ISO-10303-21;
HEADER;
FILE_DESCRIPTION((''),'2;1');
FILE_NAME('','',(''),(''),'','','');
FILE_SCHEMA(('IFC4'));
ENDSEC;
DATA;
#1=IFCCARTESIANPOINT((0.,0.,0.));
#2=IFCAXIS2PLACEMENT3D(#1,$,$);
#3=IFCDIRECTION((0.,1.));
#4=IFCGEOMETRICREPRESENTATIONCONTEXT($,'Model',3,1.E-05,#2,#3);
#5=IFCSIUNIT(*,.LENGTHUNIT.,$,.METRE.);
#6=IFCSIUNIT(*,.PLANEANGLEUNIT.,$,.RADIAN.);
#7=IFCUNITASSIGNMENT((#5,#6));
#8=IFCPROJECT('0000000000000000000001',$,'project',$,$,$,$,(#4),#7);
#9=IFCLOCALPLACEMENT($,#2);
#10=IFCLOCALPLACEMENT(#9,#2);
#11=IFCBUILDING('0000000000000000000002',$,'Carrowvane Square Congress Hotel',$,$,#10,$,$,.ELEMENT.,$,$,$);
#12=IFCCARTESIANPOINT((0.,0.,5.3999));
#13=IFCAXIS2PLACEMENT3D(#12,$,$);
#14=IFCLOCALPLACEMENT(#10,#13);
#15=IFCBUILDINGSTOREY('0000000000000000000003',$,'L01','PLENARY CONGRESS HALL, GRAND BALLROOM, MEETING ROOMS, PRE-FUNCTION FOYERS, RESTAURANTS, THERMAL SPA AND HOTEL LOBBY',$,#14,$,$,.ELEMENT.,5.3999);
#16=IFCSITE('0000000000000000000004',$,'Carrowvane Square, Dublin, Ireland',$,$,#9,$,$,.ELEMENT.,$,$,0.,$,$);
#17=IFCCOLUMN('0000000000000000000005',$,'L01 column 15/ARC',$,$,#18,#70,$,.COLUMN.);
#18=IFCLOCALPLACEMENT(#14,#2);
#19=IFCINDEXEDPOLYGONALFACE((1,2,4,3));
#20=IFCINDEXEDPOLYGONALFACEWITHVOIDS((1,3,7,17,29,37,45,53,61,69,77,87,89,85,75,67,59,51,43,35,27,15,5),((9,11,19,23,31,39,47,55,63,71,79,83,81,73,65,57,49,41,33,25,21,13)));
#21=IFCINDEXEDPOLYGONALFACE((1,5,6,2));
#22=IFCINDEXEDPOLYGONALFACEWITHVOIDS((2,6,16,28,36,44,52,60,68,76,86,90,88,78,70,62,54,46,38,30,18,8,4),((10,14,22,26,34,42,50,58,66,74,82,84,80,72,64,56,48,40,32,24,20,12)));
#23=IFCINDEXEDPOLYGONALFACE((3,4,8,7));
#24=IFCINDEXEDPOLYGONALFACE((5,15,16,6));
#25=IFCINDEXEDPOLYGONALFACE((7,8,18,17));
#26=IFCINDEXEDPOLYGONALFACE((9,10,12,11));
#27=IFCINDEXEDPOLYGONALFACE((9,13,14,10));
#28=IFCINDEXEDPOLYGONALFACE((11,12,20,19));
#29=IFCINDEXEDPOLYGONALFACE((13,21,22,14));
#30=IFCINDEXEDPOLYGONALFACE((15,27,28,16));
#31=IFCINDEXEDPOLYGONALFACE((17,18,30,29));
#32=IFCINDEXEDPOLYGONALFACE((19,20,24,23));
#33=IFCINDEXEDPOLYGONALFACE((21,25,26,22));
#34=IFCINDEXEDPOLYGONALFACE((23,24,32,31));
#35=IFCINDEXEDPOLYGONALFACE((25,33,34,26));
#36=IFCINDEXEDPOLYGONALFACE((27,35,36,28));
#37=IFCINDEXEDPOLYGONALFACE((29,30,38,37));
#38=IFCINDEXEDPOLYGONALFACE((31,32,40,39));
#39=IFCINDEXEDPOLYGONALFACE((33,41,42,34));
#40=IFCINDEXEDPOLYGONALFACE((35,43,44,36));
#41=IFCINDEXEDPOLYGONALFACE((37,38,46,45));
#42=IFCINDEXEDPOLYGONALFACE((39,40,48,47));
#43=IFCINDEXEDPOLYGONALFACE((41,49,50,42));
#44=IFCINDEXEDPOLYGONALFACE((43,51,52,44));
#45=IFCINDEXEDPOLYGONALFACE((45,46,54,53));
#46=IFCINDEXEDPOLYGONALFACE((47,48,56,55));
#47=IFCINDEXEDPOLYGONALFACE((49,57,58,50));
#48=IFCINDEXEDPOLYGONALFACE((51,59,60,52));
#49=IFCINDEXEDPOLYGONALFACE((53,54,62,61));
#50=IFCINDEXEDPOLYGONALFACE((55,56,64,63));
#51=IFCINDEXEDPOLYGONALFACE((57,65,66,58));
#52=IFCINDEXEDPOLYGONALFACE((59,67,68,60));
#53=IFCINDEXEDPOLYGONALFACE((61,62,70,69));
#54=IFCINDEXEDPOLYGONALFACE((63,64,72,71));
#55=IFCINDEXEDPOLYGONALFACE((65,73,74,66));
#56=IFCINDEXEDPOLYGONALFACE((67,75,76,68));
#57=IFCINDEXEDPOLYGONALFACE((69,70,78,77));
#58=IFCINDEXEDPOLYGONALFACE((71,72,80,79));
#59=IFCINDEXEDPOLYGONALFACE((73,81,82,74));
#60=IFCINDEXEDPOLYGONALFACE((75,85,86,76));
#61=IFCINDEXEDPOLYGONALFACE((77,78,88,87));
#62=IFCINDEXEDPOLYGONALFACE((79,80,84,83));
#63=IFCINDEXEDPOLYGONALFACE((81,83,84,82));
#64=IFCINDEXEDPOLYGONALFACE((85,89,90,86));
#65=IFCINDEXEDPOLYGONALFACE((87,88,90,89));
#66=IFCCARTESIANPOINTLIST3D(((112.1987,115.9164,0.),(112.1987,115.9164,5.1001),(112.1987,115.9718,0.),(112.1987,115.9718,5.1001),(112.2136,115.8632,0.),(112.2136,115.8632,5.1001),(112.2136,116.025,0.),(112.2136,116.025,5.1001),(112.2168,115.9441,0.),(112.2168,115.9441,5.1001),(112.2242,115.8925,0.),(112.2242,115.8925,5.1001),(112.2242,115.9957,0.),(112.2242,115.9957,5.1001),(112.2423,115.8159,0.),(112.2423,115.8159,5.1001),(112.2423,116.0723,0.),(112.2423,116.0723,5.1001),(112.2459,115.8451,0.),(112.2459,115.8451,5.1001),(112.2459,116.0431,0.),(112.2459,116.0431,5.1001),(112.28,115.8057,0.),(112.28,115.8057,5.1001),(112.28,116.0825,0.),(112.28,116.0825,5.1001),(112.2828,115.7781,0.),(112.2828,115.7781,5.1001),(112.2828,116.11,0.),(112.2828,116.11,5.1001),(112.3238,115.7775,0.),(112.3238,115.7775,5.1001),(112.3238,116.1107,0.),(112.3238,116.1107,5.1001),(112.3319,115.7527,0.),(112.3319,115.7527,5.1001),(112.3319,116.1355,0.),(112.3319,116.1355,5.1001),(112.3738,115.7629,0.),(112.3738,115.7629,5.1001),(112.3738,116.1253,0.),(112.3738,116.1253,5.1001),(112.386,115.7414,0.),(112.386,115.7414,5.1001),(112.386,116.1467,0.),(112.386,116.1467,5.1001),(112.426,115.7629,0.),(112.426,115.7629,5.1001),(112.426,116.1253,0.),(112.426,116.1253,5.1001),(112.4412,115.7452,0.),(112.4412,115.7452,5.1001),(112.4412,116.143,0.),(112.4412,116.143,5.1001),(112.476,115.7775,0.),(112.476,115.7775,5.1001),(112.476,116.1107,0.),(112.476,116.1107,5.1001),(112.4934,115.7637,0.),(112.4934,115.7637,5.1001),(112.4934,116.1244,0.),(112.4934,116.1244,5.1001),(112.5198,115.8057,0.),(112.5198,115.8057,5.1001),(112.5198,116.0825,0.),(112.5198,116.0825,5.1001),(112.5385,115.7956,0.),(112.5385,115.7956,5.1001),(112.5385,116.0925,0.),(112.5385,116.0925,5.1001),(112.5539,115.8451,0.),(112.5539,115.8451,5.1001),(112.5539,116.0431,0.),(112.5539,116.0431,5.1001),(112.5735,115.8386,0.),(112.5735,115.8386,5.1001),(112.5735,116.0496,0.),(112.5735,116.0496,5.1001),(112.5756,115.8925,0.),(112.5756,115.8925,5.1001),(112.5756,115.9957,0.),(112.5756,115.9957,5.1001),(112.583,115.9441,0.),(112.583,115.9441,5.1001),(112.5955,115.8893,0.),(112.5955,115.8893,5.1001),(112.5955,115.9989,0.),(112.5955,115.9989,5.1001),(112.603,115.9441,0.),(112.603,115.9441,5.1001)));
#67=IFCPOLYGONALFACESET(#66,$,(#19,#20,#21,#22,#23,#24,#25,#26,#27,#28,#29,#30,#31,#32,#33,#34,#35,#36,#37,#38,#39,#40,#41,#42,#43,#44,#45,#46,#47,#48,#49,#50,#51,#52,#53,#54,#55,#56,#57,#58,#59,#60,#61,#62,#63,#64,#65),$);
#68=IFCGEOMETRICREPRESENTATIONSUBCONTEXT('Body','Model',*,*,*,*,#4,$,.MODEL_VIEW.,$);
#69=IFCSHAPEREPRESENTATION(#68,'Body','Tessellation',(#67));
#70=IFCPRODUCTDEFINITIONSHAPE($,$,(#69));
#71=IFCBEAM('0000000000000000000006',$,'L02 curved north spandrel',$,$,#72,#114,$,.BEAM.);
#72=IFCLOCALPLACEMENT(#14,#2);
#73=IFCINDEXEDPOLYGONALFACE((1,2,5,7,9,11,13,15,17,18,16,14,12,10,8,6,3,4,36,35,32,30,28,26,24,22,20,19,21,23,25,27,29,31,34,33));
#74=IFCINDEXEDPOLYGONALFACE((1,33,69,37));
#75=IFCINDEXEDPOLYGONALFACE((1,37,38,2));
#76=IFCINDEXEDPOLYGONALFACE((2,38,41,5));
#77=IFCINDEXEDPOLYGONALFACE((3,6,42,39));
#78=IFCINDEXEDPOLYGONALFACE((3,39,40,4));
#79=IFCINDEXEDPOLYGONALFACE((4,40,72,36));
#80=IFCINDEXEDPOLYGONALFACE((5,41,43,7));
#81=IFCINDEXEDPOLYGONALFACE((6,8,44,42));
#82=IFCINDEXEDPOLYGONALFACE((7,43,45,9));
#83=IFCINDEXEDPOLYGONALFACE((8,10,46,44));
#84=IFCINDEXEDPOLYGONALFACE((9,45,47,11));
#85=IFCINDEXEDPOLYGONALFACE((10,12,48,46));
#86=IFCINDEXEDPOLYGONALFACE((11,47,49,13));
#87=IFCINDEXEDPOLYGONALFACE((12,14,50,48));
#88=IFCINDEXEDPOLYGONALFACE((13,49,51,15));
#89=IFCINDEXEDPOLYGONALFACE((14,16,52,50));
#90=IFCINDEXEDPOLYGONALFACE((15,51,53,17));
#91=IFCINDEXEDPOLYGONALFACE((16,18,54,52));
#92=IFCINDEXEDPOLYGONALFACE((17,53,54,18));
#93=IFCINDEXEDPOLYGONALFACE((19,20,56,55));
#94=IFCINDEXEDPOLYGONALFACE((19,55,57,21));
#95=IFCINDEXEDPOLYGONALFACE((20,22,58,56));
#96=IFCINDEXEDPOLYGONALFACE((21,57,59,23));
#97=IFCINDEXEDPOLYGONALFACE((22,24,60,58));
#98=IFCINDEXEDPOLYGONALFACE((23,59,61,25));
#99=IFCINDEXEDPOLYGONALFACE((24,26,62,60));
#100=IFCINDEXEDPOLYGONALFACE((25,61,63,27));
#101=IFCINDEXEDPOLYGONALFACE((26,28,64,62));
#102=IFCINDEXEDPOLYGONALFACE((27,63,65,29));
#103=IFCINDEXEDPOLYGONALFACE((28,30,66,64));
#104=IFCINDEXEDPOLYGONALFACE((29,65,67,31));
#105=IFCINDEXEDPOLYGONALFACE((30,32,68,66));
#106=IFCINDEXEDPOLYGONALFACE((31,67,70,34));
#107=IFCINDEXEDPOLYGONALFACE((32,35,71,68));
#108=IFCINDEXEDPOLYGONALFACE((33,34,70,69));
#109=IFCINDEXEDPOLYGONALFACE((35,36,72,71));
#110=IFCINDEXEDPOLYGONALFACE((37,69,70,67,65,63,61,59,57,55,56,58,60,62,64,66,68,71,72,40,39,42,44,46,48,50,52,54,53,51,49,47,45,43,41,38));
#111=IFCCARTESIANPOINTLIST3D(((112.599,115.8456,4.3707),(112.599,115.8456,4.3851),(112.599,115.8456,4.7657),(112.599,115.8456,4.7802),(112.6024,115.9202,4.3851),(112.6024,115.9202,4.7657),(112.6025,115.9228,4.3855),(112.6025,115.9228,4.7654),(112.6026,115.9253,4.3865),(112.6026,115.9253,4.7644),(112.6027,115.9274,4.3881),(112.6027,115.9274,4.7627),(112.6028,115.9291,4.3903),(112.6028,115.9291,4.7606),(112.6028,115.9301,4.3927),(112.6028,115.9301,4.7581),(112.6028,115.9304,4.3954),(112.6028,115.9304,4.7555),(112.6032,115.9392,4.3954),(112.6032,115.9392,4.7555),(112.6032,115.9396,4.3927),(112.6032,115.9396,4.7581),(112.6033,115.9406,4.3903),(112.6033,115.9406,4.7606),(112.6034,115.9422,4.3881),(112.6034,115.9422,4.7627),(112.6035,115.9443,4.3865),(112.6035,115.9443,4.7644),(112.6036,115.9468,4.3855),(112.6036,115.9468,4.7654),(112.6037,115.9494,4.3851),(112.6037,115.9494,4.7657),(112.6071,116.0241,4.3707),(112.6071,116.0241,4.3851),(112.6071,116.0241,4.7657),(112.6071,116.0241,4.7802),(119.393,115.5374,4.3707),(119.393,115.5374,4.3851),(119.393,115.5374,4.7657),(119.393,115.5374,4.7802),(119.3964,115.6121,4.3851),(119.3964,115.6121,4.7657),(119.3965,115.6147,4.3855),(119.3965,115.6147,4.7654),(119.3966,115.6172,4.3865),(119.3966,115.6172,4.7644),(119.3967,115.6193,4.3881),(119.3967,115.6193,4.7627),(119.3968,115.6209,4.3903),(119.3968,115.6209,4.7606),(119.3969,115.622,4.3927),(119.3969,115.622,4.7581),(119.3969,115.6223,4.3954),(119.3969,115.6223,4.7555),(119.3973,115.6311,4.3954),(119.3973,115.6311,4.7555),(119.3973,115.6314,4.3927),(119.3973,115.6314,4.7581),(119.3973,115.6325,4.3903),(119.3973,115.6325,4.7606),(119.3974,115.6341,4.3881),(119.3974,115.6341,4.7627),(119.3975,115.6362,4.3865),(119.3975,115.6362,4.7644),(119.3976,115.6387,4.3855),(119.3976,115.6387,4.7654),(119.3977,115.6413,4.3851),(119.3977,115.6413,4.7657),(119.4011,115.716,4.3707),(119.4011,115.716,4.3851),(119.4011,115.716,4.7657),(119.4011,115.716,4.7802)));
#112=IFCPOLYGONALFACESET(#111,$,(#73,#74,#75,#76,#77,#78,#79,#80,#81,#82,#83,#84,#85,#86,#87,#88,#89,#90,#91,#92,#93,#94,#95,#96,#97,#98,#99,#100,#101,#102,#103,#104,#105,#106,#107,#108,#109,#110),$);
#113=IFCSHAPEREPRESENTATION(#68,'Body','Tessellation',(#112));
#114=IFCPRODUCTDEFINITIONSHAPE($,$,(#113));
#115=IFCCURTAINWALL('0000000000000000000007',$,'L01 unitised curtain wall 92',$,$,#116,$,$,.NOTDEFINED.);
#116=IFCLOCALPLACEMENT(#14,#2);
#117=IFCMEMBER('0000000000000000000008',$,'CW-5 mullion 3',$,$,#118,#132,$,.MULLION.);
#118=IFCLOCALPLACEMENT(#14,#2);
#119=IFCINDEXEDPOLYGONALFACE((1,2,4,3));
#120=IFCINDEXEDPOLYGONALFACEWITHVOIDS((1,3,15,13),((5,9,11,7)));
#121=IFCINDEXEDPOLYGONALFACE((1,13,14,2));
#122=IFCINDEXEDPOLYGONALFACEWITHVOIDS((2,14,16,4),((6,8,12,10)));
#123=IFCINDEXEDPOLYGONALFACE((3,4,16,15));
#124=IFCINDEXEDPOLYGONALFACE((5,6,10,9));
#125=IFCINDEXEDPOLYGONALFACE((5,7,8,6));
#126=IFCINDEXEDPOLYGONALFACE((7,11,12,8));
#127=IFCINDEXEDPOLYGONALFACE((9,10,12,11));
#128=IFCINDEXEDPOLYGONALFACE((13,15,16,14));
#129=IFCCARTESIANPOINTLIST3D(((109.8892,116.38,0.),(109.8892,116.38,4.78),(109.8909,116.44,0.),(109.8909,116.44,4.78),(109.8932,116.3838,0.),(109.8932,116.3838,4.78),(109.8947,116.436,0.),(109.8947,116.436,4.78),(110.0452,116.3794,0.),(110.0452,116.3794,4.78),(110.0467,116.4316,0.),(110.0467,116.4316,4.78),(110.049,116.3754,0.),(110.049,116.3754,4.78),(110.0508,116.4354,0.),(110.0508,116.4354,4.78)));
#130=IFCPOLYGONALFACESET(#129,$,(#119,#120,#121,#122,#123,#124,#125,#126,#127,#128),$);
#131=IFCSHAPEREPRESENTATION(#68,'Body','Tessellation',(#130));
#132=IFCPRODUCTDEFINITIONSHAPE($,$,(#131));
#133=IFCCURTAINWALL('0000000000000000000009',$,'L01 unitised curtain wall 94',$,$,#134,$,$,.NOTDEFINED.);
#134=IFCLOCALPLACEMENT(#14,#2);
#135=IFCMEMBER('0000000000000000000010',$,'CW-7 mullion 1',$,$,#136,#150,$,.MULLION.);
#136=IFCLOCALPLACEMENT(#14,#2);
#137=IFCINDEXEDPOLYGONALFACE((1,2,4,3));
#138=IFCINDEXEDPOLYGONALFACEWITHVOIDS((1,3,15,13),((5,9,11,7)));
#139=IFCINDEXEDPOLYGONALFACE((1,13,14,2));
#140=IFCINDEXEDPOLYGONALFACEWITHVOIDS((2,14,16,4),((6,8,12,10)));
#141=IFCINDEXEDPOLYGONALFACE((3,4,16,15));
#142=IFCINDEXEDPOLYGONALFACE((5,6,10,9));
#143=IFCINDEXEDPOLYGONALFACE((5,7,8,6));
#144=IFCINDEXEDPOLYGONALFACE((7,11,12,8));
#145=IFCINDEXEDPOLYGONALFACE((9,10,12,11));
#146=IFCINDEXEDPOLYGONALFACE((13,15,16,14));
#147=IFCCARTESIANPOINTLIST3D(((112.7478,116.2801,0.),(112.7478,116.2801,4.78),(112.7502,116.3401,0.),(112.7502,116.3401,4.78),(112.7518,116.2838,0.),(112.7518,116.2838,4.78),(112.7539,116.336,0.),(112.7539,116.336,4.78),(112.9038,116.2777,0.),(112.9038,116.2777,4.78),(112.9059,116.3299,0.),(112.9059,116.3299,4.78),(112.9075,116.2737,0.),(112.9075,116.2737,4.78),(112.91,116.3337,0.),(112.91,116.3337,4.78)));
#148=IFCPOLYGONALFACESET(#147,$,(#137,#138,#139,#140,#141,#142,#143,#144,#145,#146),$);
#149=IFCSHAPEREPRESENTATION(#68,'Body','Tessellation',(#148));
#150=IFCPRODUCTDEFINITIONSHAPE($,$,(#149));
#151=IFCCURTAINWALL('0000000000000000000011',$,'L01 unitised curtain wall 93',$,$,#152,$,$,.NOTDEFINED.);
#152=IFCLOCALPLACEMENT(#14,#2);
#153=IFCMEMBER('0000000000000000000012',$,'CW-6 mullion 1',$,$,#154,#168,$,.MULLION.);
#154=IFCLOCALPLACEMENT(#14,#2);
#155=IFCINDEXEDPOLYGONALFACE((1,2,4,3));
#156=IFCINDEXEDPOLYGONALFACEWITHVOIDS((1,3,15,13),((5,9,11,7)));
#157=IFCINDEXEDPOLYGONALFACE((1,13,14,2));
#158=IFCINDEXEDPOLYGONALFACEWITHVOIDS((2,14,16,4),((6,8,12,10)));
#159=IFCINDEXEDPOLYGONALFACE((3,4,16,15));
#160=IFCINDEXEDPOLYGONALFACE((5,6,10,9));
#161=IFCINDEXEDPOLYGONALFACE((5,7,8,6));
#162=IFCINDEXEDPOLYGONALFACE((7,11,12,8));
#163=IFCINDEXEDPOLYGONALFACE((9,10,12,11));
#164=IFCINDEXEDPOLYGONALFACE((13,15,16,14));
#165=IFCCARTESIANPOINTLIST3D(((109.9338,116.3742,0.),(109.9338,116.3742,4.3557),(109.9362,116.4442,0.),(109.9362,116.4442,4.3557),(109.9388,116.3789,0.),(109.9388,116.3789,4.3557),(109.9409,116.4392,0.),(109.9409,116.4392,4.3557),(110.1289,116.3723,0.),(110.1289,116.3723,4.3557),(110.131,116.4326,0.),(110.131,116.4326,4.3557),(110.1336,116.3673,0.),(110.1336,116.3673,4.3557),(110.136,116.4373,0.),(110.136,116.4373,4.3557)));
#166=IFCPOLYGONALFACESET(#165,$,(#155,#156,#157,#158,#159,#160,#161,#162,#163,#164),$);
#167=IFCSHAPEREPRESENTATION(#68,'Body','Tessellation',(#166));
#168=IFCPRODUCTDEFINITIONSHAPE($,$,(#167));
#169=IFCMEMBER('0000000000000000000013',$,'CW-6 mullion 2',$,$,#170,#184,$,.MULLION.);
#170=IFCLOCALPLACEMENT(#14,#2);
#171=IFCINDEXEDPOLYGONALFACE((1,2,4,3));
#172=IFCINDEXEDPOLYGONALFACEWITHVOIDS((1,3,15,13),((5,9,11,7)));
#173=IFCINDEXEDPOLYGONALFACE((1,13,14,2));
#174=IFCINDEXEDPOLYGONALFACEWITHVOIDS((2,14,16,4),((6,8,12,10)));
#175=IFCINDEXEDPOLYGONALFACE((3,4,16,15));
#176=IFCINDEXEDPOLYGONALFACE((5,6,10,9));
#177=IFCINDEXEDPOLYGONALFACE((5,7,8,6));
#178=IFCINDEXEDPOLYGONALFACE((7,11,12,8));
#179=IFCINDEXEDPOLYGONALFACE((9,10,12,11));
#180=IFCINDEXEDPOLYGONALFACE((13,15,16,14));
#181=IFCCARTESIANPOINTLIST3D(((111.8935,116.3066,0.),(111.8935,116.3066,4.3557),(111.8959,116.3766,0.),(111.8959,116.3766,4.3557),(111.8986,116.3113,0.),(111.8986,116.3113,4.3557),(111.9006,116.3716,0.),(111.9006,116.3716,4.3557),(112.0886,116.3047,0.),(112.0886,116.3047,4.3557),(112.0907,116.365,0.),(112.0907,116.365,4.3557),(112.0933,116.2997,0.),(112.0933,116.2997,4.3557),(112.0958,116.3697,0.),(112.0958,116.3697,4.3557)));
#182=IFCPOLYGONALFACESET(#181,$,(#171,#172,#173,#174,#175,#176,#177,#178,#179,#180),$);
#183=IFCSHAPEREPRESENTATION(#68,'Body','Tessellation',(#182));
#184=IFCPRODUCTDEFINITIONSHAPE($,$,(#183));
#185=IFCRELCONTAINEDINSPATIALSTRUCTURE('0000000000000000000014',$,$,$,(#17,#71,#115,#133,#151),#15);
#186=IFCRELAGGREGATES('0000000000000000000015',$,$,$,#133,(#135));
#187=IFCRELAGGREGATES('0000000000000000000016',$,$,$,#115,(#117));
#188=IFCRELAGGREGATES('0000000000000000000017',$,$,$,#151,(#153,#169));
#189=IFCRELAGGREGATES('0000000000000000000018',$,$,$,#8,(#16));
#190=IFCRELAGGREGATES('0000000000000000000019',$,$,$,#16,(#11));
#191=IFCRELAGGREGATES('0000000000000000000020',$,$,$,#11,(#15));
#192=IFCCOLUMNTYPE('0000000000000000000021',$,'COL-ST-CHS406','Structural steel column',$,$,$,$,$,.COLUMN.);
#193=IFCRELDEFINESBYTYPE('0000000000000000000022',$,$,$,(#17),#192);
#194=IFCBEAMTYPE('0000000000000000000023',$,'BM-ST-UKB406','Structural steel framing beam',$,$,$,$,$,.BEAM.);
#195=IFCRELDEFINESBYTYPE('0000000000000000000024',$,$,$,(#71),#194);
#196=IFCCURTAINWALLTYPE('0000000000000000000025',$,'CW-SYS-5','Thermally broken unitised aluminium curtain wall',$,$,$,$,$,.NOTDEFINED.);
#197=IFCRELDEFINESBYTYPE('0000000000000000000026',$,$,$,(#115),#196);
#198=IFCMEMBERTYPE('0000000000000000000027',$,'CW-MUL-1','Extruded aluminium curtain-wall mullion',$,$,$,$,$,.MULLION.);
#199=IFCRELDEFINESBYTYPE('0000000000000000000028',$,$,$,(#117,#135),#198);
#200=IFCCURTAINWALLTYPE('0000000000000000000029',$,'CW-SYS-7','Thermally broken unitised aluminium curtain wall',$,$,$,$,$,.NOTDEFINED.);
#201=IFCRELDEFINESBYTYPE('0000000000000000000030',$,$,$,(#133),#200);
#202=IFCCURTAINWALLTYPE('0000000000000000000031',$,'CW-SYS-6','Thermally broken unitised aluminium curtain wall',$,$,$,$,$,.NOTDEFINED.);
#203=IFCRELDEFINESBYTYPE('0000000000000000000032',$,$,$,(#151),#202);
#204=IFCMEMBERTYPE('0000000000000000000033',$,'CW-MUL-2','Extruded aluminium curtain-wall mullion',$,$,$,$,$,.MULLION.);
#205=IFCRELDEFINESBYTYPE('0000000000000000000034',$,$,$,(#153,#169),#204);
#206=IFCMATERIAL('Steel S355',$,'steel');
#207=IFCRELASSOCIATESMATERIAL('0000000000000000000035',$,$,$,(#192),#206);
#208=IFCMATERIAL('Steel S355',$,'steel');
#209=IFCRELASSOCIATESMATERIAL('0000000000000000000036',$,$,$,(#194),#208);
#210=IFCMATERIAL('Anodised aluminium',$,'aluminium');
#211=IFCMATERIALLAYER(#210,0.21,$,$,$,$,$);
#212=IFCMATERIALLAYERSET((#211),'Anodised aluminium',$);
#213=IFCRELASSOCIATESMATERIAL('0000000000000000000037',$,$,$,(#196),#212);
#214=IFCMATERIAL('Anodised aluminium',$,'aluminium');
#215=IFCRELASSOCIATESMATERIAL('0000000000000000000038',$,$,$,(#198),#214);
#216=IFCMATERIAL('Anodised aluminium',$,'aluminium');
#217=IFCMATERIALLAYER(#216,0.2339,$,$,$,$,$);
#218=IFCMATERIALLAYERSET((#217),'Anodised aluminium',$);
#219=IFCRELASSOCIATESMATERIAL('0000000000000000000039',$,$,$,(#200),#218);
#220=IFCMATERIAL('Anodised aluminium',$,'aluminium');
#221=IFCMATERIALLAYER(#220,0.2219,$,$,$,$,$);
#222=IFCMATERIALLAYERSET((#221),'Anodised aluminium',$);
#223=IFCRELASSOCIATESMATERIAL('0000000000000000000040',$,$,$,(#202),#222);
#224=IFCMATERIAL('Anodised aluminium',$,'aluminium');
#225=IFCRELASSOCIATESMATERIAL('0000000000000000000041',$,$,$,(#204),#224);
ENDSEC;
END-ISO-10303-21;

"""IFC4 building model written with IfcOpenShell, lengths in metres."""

from ifc_helpers import new_model, si_unit, direction, frame, origin, origin_2d, place, context, subcontext, project, spatial, hollow_rectangle, hollow_circle, i_section, extrude, material, layer, layer_set, material_profile, profile_set, type_object, element, aggregate, save


model = new_model("IFC4")

# Units and contexts
model_context = context("Model", 3, precision=1e-05, world=origin(), true_north=direction((0.0, 1.0)))
body_context = subcontext(model_context, "Body", "Model", "MODEL_VIEW")
ifc_project = project(units=[si_unit("LENGTHUNIT", "METRE"), si_unit("PLANEANGLEUNIT", "RADIAN")], contexts=[model_context])

# Site, building, storey
site_placement = place(None, origin())
site = spatial("IfcSite", under=ifc_project, at=site_placement, Name="Carrowvane Square, Dublin, Ireland", CompositionType="ELEMENT", RefElevation=0.0)
building_placement = place(site_placement, origin())
building = spatial("IfcBuilding", under=site, at=building_placement, Name="Carrowvane Square Congress Hotel", CompositionType="ELEMENT")
storey_placement = place(building_placement, frame((0.0, 0.0, 5.3999)))
storey = spatial("IfcBuildingStorey", under=building, at=storey_placement, Name="L01", Description="PLENARY CONGRESS HALL, GRAND BALLROOM, MEETING ROOMS, PRE-FUNCTION FOYERS, RESTAURANTS, THERMAL SPA AND HOTEL LOBBY", CompositionType="ELEMENT", Elevation=5.3999)

# Column
ifc_material_1 = material(Name="Steel S355", Category="steel")
ifc_material_profile_1 = material_profile(ifc_material_1, hollow_circle(Radius=0.2031, WallThickness=0.02, at=origin_2d()), Name="CHS 406.4x20")
ifc_profile_set_1 = profile_set([ifc_material_profile_1], Name="Steel S355")
column_type = type_object("IfcColumnType", Name="COL-ST-CHS406", Description="Structural steel column", PredefinedType="COLUMN", material=ifc_profile_set_1)
column_placement = place(storey_placement, frame((112.3999, 115.9441, 0.0), z_axis=(0.0, 0.0, 1.0), x_axis=(1.0, 0.0, 0.0)))
element("IfcColumn", 1, at=column_placement, inside=storey, type_object=column_type, Name="L01 column 15/ARC", PredefinedType="COLUMN", context=body_context, shape_type="SweptSolid", body=[
    extrude(hollow_circle(Radius=0.2031, WallThickness=0.02, at=origin_2d()), origin(), (0.0, 0.0, 1.0), 5.1001),
])

# Beam
ifc_material_2 = material(Name="Steel S355", Category="steel")
ifc_material_profile_2 = material_profile(ifc_material_2, i_section(OverallWidth=0.1787, OverallDepth=0.4094, WebThickness=0.0088, FlangeThickness=0.0144, FilletRadius=0.0103, at=origin_2d()), Name="UKB 406x178x67")
ifc_profile_set_2 = profile_set([ifc_material_profile_2], Name="Steel S355")
beam_type = type_object("IfcBeamType", Name="BM-ST-UKB406", Description="Structural steel framing beam", PredefinedType="BEAM", material=ifc_profile_set_2)
beam_placement = place(storey_placement, frame((112.603, 115.9348, 4.5754), z_axis=(0.998973, -0.045303, 0.0), x_axis=(0.045303, 0.998973, 0.0)))
element("IfcBeam", 2, at=beam_placement, inside=storey, type_object=beam_type, Name="L02 curved north spandrel", PredefinedType="BEAM", context=body_context, shape_type="SweptSolid", body=[
    extrude(i_section(OverallWidth=0.1787, OverallDepth=0.4094, WebThickness=0.0088, FlangeThickness=0.0144, FilletRadius=0.0103, at=origin_2d()), origin(), (0.0, 0.0, 1.0), 6.801),
])

# Curtain walls, members
ifc_material_3 = material(Name="Anodised aluminium", Category="aluminium")
ifc_layer_1 = layer(ifc_material_3, 0.21)
ifc_layer_set_1 = layer_set([ifc_layer_1], Name="Anodised aluminium")
curtain_wall_type_1 = type_object("IfcCurtainWallType", Name="CW-SYS-5", Description="Thermally broken unitised aluminium curtain wall", PredefinedType="NOTDEFINED", material=ifc_layer_set_1)
curtain_wall_1_placement = place(storey_placement, origin())
curtain_wall_1 = element("IfcCurtainWall", 3, at=curtain_wall_1_placement, inside=storey, type_object=curtain_wall_type_1, Name="L01 unitised curtain wall 92", PredefinedType="NOTDEFINED")
ifc_material_4 = material(Name="Anodised aluminium", Category="aluminium")
ifc_material_profile_3 = material_profile(ifc_material_4, hollow_rectangle(XDim=0.0601, YDim=0.1599, WallThickness=0.0039, at=origin_2d()), Name="CW-ML 60x160x4")
ifc_profile_set_3 = profile_set([ifc_material_profile_3], Name="Anodised aluminium")
member_type_1 = type_object("IfcMemberType", Name="CW-MUL-1", Description="Extruded aluminium curtain-wall mullion", PredefinedType="MULLION", material=ifc_profile_set_3)
member_1_placement = place(storey_placement, frame((109.97, 116.4077, 0.0), z_axis=(0.0, 0.0, 1.0), x_axis=(0.028638, 0.99959, 0.0)))
member_1 = element("IfcMember", 4, at=member_1_placement, type_object=member_type_1, Name="CW-5 mullion 3", PredefinedType="MULLION", context=body_context, shape_type="SweptSolid", body=[
    extrude(hollow_rectangle(XDim=0.0601, YDim=0.1599, WallThickness=0.0039, at=origin_2d()), origin(), (0.0, 0.0, 1.0), 4.78),
])
ifc_material_5 = material(Name="Anodised aluminium", Category="aluminium")
ifc_layer_2 = layer(ifc_material_5, 0.2339)
ifc_layer_set_2 = layer_set([ifc_layer_2], Name="Anodised aluminium")
curtain_wall_type_2 = type_object("IfcCurtainWallType", Name="CW-SYS-7", Description="Thermally broken unitised aluminium curtain wall", PredefinedType="NOTDEFINED", material=ifc_layer_set_2)
curtain_wall_2_placement = place(storey_placement, origin())
curtain_wall_2 = element("IfcCurtainWall", 5, at=curtain_wall_2_placement, inside=storey, type_object=curtain_wall_type_2, Name="L01 unitised curtain wall 94", PredefinedType="NOTDEFINED")
member_2_placement = place(storey_placement, frame((112.8289, 116.3069, 0.0), z_axis=(0.0, 0.0, 1.0), x_axis=(0.040131, 0.999194, 0.0)))
member_2 = element("IfcMember", 6, at=member_2_placement, type_object=member_type_1, Name="CW-7 mullion 1", PredefinedType="MULLION", context=body_context, shape_type="SweptSolid", body=[
    extrude(hollow_rectangle(XDim=0.0601, YDim=0.1599, WallThickness=0.0039, at=origin_2d()), origin(), (0.0, 0.0, 1.0), 4.78),
])

# Curtain wall, members
ifc_material_6 = material(Name="Anodised aluminium", Category="aluminium")
ifc_layer_3 = layer(ifc_material_6, 0.2219)
ifc_layer_set_3 = layer_set([ifc_layer_3], Name="Anodised aluminium")
curtain_wall_type_3 = type_object("IfcCurtainWallType", Name="CW-SYS-6", Description="Thermally broken unitised aluminium curtain wall", PredefinedType="NOTDEFINED", material=ifc_layer_set_3)
curtain_wall_3_placement = place(storey_placement, origin())
curtain_wall_3 = element("IfcCurtainWall", 7, at=curtain_wall_3_placement, inside=storey, type_object=curtain_wall_type_3, Name="L01 unitised curtain wall 93", PredefinedType="NOTDEFINED")
ifc_material_7 = material(Name="Anodised aluminium", Category="aluminium")
ifc_material_profile_4 = material_profile(ifc_material_7, hollow_rectangle(XDim=0.0701, YDim=0.2, WallThickness=0.0049, at=origin_2d()), Name="CW-ML 70x200x5")
ifc_profile_set_4 = profile_set([ifc_material_profile_4], Name="Anodised aluminium")
member_type_2 = type_object("IfcMemberType", Name="CW-MUL-2", Description="Extruded aluminium curtain-wall mullion", PredefinedType="MULLION", material=ifc_profile_set_4)
member_3_placement = place(storey_placement, frame((110.0349, 116.4058, 0.0), z_axis=(0.0, 0.0, 1.0), x_axis=(0.03453, 0.999404, 0.0)))
member_3 = element("IfcMember", 8, at=member_3_placement, type_object=member_type_2, Name="CW-6 mullion 1", PredefinedType="MULLION", context=body_context, shape_type="SweptSolid", body=[
    extrude(hollow_rectangle(XDim=0.0701, YDim=0.2, WallThickness=0.0049, at=origin_2d()), origin(), (0.0, 0.0, 1.0), 4.3557),
])
member_4_placement = place(storey_placement, frame((111.9946, 116.3381, 0.0), z_axis=(0.0, 0.0, 1.0), x_axis=(0.03453, 0.999404, 0.0)))
member_4 = element("IfcMember", 9, at=member_4_placement, type_object=member_type_2, Name="CW-6 mullion 2", PredefinedType="MULLION", context=body_context, shape_type="SweptSolid", body=[
    extrude(hollow_rectangle(XDim=0.0701, YDim=0.2, WallThickness=0.0049, at=origin_2d()), origin(), (0.0, 0.0, 1.0), 4.3557),
])

aggregate(curtain_wall_2, [member_2])

aggregate(curtain_wall_1, [member_1])
aggregate(curtain_wall_3, [member_3, member_4])

save(model, "model.ifc")
